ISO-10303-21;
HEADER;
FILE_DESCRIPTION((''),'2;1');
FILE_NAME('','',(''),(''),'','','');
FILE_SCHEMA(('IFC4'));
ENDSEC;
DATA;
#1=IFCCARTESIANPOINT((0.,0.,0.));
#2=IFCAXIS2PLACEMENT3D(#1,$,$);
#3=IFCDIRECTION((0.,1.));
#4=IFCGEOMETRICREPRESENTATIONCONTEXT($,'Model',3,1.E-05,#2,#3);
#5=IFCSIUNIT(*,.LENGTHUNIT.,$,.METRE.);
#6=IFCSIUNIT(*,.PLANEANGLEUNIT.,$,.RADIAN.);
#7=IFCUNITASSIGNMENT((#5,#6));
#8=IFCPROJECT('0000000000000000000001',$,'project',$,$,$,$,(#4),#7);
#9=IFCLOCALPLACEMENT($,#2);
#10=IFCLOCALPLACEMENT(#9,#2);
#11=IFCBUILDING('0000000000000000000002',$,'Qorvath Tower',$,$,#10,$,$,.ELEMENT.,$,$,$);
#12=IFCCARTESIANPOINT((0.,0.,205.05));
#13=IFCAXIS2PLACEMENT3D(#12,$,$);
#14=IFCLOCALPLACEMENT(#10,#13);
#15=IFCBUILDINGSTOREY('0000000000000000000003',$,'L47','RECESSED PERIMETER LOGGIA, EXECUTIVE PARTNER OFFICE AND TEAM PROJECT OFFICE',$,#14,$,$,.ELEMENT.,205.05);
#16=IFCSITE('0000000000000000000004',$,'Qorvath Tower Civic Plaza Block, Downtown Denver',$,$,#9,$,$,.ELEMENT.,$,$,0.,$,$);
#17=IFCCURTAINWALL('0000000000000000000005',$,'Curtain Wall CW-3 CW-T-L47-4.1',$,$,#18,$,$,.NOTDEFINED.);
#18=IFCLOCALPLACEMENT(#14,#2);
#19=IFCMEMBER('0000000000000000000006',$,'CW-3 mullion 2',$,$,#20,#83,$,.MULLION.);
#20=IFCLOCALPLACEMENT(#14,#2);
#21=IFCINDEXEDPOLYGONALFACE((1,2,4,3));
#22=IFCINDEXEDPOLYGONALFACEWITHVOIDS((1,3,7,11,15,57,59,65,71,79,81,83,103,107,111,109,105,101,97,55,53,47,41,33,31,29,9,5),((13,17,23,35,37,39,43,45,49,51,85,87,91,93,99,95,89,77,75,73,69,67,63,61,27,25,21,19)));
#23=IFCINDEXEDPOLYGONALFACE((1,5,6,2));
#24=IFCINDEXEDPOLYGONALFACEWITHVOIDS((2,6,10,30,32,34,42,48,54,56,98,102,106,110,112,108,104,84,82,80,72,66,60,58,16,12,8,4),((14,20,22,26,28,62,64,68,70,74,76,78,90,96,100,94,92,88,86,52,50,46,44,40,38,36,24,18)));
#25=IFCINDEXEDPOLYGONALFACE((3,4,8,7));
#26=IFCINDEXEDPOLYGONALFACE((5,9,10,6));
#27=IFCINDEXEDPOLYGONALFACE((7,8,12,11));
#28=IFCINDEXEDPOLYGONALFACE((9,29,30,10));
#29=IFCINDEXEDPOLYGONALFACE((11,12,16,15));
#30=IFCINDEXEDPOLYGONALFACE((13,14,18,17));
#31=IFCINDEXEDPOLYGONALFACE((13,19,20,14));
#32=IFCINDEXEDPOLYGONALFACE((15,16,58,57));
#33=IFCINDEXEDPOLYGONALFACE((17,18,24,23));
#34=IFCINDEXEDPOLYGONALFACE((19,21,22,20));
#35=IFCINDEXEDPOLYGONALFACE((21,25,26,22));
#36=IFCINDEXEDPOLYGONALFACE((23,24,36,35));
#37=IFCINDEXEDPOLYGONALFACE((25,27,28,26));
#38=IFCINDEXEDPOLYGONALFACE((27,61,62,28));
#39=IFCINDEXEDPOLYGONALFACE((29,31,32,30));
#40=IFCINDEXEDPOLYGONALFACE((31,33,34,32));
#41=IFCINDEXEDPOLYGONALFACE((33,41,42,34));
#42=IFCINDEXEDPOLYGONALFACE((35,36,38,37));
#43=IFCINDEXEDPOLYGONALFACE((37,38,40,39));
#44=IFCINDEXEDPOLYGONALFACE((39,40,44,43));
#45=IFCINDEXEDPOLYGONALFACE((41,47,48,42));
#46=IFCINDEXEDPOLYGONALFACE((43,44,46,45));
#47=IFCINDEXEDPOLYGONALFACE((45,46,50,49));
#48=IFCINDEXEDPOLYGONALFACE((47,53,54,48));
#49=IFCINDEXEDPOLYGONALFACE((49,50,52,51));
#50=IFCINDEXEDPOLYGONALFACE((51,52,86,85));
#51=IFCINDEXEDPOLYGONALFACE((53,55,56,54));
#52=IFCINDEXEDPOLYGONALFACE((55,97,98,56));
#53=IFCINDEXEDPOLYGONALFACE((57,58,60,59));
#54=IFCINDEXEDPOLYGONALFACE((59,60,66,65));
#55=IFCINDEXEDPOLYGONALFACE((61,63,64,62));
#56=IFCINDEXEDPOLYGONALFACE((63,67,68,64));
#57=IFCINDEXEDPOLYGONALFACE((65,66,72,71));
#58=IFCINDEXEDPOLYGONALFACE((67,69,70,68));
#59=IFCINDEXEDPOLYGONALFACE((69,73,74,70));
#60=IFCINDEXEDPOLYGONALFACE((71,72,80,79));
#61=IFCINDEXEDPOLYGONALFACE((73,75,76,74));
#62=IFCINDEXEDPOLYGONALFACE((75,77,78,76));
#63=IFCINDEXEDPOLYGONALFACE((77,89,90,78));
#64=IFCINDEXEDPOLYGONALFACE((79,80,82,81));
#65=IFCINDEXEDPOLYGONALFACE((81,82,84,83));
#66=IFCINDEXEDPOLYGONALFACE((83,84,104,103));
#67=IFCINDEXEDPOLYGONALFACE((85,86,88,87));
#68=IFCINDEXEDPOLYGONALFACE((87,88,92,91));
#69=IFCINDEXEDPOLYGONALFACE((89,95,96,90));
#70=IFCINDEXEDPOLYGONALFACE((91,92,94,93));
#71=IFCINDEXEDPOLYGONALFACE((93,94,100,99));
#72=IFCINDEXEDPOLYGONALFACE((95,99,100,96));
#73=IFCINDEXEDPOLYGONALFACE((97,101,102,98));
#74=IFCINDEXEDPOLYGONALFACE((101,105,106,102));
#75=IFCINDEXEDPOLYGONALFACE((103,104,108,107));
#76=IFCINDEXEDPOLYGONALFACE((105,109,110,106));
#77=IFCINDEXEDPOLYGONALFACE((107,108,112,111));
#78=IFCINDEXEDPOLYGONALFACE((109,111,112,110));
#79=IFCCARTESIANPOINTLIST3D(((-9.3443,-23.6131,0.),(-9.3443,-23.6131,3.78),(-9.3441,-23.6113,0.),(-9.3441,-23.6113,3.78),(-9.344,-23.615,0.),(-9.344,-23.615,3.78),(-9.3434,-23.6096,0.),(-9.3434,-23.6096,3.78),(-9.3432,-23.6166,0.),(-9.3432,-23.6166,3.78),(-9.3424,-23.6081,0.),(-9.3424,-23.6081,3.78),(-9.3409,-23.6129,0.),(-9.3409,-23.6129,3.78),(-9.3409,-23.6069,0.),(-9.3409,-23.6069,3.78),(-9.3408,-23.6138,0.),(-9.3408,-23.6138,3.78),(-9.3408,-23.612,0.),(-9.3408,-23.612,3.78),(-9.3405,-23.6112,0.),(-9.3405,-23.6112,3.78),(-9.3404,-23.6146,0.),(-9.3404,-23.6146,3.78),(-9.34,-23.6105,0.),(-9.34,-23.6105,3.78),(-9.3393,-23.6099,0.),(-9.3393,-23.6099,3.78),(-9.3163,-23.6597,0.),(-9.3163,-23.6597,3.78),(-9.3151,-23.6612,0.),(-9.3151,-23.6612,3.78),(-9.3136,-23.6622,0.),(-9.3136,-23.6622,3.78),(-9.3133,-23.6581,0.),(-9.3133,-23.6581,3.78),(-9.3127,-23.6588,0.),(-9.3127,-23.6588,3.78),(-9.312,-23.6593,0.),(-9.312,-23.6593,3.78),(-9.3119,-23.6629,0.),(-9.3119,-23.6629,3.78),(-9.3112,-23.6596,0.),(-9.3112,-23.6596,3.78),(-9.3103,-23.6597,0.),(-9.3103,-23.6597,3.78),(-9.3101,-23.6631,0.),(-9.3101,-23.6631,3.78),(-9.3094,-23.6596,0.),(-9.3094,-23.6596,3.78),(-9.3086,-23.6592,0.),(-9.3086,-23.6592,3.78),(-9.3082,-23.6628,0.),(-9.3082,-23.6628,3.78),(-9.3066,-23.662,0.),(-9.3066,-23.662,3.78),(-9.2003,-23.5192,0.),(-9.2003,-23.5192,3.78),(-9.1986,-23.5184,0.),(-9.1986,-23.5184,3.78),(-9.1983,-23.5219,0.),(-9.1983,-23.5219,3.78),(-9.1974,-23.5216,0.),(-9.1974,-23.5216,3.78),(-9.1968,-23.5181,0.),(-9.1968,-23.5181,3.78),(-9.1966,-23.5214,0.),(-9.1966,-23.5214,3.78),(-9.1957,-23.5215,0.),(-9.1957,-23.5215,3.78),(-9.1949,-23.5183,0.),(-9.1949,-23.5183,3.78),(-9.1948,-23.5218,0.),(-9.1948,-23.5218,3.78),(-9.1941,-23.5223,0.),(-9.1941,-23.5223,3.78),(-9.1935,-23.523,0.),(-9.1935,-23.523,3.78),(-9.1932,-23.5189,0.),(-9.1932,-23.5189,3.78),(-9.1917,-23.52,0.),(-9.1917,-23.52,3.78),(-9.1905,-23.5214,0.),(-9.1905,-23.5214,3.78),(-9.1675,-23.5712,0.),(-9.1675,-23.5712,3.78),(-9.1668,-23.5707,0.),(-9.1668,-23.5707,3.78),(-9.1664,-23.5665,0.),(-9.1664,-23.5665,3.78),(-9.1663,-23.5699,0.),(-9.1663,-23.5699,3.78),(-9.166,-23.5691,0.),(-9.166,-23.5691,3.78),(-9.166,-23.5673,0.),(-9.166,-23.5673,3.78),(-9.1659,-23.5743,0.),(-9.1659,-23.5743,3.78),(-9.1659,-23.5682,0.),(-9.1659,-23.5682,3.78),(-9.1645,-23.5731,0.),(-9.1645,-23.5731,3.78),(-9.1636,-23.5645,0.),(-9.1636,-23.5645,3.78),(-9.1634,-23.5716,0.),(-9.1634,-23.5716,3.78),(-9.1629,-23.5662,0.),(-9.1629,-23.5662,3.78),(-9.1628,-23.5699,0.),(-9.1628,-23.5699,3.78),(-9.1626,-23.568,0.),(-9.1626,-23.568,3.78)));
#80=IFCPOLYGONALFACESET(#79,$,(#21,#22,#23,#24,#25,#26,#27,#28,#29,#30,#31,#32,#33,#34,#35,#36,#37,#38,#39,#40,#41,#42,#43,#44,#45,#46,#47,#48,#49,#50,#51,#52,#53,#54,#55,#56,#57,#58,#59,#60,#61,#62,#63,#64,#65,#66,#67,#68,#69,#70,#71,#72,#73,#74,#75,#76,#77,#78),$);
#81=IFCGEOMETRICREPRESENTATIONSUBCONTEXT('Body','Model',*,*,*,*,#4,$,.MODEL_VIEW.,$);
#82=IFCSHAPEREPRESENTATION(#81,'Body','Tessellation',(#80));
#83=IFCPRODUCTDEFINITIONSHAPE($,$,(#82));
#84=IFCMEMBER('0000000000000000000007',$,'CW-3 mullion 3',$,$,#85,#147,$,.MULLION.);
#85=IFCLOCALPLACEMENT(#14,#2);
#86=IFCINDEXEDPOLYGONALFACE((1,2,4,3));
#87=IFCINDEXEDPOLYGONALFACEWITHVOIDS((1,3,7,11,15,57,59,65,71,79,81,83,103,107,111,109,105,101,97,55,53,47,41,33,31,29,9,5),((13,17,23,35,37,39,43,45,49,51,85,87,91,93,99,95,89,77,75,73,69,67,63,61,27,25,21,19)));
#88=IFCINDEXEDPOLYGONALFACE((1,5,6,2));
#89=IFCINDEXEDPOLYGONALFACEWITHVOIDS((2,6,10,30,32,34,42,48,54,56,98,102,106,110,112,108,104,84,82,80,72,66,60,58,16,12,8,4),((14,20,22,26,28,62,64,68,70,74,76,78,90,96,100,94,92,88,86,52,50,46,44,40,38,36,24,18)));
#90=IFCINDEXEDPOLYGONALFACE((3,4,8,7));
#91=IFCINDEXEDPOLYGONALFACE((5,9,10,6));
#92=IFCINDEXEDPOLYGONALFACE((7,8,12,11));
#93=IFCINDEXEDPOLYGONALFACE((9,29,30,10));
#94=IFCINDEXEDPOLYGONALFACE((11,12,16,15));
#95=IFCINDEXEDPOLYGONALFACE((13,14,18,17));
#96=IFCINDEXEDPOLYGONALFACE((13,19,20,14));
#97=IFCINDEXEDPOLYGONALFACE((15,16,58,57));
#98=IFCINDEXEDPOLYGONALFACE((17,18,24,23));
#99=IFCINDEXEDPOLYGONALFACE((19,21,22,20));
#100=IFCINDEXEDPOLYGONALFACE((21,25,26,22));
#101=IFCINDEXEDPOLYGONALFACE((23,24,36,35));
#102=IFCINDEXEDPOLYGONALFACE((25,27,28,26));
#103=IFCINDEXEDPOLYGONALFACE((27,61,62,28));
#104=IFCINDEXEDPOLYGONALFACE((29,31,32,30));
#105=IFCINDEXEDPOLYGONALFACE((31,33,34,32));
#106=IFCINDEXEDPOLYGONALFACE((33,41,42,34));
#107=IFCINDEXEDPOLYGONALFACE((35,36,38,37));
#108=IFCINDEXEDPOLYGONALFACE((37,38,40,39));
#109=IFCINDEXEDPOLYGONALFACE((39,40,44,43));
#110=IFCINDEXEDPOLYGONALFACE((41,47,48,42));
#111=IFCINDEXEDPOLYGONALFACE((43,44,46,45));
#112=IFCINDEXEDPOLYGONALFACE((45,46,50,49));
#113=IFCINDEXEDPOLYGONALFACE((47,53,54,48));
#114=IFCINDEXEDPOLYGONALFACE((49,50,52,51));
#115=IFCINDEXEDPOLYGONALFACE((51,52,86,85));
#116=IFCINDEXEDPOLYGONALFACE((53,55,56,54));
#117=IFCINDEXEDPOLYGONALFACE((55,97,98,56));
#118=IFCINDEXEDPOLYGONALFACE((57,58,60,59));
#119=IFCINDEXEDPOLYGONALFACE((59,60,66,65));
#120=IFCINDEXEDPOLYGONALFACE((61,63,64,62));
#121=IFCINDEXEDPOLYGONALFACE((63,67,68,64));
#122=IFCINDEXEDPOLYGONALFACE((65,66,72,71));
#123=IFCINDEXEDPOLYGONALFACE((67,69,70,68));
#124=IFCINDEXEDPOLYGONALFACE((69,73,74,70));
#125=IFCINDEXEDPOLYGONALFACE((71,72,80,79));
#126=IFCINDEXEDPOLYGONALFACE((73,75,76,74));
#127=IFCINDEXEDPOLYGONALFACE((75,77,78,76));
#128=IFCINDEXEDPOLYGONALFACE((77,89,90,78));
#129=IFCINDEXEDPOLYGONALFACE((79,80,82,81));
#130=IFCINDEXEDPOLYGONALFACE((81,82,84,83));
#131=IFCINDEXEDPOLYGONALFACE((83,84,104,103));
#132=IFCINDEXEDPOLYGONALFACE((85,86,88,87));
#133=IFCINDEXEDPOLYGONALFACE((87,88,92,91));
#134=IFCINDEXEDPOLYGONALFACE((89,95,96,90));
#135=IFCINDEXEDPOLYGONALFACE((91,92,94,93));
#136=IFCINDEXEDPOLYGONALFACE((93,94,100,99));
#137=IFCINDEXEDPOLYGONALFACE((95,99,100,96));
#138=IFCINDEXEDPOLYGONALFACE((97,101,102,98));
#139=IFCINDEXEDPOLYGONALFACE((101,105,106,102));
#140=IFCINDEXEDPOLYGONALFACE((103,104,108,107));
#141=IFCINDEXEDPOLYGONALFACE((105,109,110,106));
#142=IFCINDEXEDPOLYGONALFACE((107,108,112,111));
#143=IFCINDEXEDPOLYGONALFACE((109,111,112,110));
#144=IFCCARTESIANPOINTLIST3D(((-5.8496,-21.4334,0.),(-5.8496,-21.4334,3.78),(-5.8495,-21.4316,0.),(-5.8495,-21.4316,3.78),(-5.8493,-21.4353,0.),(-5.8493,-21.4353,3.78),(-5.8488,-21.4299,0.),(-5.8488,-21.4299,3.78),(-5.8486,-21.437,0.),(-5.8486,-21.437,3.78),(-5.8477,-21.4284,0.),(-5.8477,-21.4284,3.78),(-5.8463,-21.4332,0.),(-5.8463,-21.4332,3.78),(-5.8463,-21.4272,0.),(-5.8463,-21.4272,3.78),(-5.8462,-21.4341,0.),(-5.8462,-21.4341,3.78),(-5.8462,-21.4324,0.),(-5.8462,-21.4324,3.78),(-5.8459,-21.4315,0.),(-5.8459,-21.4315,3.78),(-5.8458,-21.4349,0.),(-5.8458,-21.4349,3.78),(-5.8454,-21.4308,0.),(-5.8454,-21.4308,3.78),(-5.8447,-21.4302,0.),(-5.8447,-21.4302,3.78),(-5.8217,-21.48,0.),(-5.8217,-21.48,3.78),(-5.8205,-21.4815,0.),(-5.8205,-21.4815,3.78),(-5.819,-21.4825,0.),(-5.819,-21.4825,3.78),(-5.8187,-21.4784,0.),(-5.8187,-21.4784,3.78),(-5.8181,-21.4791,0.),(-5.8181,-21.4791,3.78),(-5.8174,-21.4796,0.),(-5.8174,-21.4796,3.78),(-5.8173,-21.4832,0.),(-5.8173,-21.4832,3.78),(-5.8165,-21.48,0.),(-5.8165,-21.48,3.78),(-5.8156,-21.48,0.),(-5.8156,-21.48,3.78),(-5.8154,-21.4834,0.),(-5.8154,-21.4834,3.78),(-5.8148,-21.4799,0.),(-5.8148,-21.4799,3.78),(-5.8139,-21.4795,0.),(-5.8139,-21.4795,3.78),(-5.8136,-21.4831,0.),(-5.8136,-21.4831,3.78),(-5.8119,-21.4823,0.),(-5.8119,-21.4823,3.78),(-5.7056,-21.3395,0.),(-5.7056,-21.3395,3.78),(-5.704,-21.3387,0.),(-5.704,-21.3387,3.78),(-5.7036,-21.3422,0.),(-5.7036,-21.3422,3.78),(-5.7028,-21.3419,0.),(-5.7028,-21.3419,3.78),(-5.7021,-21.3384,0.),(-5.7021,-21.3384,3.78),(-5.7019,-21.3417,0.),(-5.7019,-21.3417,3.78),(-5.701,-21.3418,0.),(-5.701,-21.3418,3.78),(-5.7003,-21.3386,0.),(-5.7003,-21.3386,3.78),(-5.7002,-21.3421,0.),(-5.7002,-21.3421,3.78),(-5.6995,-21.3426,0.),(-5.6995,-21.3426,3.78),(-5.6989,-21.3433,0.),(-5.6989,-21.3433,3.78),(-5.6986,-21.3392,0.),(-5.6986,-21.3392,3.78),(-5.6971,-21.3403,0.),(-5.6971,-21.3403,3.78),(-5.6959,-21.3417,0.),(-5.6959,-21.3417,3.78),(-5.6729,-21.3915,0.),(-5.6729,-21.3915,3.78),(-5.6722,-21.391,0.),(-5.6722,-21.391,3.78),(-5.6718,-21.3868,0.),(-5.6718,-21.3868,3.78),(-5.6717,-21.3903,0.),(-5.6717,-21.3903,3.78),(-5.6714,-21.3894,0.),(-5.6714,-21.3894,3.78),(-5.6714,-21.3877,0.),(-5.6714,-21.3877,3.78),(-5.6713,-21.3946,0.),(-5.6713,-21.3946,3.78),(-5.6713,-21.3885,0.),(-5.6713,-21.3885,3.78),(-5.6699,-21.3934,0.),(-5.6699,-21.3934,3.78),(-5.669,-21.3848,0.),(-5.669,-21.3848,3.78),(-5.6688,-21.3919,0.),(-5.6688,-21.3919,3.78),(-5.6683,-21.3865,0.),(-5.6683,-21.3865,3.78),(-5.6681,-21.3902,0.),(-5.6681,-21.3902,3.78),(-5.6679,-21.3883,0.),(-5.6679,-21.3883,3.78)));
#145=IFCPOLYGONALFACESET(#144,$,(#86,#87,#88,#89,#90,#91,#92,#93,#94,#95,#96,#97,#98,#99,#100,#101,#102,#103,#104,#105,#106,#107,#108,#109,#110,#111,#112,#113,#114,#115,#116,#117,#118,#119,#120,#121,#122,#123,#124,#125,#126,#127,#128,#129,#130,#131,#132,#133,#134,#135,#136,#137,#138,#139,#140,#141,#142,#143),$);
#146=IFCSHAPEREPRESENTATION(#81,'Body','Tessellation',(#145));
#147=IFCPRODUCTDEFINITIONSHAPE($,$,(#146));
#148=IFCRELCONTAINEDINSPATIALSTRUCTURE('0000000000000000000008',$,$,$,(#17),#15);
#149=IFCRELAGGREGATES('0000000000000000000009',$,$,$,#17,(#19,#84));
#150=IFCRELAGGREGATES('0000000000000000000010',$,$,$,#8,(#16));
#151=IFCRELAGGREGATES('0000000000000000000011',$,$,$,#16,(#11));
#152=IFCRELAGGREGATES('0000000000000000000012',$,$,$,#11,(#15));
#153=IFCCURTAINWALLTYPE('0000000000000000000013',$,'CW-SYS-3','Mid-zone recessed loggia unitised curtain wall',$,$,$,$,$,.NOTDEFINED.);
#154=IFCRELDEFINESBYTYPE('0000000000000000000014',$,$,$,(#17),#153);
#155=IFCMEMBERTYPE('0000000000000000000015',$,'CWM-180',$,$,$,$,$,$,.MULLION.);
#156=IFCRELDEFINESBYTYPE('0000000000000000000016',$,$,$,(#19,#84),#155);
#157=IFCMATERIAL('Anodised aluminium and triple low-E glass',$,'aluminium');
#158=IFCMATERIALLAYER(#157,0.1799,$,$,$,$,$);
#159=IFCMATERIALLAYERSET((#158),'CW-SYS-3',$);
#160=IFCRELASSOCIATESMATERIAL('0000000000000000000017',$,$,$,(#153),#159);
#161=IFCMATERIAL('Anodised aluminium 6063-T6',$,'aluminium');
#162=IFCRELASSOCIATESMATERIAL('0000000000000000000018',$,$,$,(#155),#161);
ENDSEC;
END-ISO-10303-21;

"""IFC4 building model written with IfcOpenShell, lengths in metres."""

from ifc_helpers import new_model, si_unit, direction, frame, origin, origin_2d, place, context, subcontext, project, spatial, hollow_rectangle, extrude, material, layer, layer_set, material_profile, profile_set, type_object, element, aggregate, save


model = new_model("IFC4")

# Units and contexts
model_context = context("Model", 3, precision=1e-05, world=origin(), true_north=direction((0.0, 1.0)))
body_context = subcontext(model_context, "Body", "Model", "MODEL_VIEW")
ifc_project = project(units=[si_unit("LENGTHUNIT", "METRE"), si_unit("PLANEANGLEUNIT", "RADIAN")], contexts=[model_context])

# Site, building, storey
site_placement = place(None, origin())
site = spatial("IfcSite", under=ifc_project, at=site_placement, Name="Qorvath Tower Civic Plaza Block, Downtown Denver", CompositionType="ELEMENT", RefElevation=0.0)
building_placement = place(site_placement, origin())
building = spatial("IfcBuilding", under=site, at=building_placement, Name="Qorvath Tower", CompositionType="ELEMENT")
storey_placement = place(building_placement, frame((0.0, 0.0, 205.05)))
storey = spatial("IfcBuildingStorey", under=building, at=storey_placement, Name="L47", Description="RECESSED PERIMETER LOGGIA, EXECUTIVE PARTNER OFFICE AND TEAM PROJECT OFFICE", CompositionType="ELEMENT", Elevation=205.05)

# Shared definitions
ifc_material_1 = material(Name="Anodised aluminium and triple low-E glass", Category="aluminium")
ifc_layer_1 = layer(ifc_material_1, 0.1799)
ifc_layer_set_1 = layer_set([ifc_layer_1], Name="CW-SYS-3")
curtain_wall_type = type_object("IfcCurtainWallType", Name="CW-SYS-3", Description="Mid-zone recessed loggia unitised curtain wall", PredefinedType="NOTDEFINED", material=ifc_layer_set_1)
ifc_material_2 = material(Name="Anodised aluminium 6063-T6", Category="aluminium")
ifc_material_profile_1 = material_profile(ifc_material_2, hollow_rectangle(XDim=0.0649, YDim=0.1799, WallThickness=0.0034, InnerFilletRadius=0.0034, OuterFilletRadius=0.0071, at=origin_2d()), Name="CWM 180x65")
ifc_profile_set_1 = profile_set([ifc_material_profile_1], Name="Anodised aluminium 6063-T6")
member_type_1 = type_object("IfcMemberType", Name="CWM-180", PredefinedType="MULLION", material=ifc_profile_set_1)

# Curtain wall, members
curtain_wall_1_placement = place(storey_placement, origin())
curtain_wall_1 = element("IfcCurtainWall", 1, at=curtain_wall_1_placement, inside=storey, type_object=curtain_wall_type, Name="Curtain Wall CW-3 CW-T-L47-4.1", PredefinedType="NOTDEFINED")
member_1_placement = place(storey_placement, frame((-9.2534, -23.5906, 0.0), z_axis=(0.0, 0.0, 1.0), x_axis=(-0.529206, 0.848493, 0.0)))
member_1 = element("IfcMember", 2, at=member_1_placement, type_object=member_type_1, Name="CW-3 mullion 2", PredefinedType="MULLION", context=body_context, shape_type="SweptSolid", body=[
    extrude(hollow_rectangle(XDim=0.0649, YDim=0.1799, WallThickness=0.0034, InnerFilletRadius=0.0034, OuterFilletRadius=0.0071, at=origin_2d()), origin(), (0.0, 0.0, 1.0), 3.78),
])
member_2_placement = place(storey_placement, frame((-5.7588, -21.4109, 0.0), z_axis=(0.0, 0.0, 1.0), x_axis=(-0.529206, 0.848493, 0.0)))
member_2 = element("IfcMember", 3, at=member_2_placement, type_object=member_type_1, Name="CW-3 mullion 3", PredefinedType="MULLION", context=body_context, shape_type="SweptSolid", body=[
    extrude(hollow_rectangle(XDim=0.0649, YDim=0.1799, WallThickness=0.0034, InnerFilletRadius=0.0034, OuterFilletRadius=0.0071, at=origin_2d()), origin(), (0.0, 0.0, 1.0), 3.78),
])

aggregate(curtain_wall_1, [member_1, member_2])

save(model, "model.ifc")
